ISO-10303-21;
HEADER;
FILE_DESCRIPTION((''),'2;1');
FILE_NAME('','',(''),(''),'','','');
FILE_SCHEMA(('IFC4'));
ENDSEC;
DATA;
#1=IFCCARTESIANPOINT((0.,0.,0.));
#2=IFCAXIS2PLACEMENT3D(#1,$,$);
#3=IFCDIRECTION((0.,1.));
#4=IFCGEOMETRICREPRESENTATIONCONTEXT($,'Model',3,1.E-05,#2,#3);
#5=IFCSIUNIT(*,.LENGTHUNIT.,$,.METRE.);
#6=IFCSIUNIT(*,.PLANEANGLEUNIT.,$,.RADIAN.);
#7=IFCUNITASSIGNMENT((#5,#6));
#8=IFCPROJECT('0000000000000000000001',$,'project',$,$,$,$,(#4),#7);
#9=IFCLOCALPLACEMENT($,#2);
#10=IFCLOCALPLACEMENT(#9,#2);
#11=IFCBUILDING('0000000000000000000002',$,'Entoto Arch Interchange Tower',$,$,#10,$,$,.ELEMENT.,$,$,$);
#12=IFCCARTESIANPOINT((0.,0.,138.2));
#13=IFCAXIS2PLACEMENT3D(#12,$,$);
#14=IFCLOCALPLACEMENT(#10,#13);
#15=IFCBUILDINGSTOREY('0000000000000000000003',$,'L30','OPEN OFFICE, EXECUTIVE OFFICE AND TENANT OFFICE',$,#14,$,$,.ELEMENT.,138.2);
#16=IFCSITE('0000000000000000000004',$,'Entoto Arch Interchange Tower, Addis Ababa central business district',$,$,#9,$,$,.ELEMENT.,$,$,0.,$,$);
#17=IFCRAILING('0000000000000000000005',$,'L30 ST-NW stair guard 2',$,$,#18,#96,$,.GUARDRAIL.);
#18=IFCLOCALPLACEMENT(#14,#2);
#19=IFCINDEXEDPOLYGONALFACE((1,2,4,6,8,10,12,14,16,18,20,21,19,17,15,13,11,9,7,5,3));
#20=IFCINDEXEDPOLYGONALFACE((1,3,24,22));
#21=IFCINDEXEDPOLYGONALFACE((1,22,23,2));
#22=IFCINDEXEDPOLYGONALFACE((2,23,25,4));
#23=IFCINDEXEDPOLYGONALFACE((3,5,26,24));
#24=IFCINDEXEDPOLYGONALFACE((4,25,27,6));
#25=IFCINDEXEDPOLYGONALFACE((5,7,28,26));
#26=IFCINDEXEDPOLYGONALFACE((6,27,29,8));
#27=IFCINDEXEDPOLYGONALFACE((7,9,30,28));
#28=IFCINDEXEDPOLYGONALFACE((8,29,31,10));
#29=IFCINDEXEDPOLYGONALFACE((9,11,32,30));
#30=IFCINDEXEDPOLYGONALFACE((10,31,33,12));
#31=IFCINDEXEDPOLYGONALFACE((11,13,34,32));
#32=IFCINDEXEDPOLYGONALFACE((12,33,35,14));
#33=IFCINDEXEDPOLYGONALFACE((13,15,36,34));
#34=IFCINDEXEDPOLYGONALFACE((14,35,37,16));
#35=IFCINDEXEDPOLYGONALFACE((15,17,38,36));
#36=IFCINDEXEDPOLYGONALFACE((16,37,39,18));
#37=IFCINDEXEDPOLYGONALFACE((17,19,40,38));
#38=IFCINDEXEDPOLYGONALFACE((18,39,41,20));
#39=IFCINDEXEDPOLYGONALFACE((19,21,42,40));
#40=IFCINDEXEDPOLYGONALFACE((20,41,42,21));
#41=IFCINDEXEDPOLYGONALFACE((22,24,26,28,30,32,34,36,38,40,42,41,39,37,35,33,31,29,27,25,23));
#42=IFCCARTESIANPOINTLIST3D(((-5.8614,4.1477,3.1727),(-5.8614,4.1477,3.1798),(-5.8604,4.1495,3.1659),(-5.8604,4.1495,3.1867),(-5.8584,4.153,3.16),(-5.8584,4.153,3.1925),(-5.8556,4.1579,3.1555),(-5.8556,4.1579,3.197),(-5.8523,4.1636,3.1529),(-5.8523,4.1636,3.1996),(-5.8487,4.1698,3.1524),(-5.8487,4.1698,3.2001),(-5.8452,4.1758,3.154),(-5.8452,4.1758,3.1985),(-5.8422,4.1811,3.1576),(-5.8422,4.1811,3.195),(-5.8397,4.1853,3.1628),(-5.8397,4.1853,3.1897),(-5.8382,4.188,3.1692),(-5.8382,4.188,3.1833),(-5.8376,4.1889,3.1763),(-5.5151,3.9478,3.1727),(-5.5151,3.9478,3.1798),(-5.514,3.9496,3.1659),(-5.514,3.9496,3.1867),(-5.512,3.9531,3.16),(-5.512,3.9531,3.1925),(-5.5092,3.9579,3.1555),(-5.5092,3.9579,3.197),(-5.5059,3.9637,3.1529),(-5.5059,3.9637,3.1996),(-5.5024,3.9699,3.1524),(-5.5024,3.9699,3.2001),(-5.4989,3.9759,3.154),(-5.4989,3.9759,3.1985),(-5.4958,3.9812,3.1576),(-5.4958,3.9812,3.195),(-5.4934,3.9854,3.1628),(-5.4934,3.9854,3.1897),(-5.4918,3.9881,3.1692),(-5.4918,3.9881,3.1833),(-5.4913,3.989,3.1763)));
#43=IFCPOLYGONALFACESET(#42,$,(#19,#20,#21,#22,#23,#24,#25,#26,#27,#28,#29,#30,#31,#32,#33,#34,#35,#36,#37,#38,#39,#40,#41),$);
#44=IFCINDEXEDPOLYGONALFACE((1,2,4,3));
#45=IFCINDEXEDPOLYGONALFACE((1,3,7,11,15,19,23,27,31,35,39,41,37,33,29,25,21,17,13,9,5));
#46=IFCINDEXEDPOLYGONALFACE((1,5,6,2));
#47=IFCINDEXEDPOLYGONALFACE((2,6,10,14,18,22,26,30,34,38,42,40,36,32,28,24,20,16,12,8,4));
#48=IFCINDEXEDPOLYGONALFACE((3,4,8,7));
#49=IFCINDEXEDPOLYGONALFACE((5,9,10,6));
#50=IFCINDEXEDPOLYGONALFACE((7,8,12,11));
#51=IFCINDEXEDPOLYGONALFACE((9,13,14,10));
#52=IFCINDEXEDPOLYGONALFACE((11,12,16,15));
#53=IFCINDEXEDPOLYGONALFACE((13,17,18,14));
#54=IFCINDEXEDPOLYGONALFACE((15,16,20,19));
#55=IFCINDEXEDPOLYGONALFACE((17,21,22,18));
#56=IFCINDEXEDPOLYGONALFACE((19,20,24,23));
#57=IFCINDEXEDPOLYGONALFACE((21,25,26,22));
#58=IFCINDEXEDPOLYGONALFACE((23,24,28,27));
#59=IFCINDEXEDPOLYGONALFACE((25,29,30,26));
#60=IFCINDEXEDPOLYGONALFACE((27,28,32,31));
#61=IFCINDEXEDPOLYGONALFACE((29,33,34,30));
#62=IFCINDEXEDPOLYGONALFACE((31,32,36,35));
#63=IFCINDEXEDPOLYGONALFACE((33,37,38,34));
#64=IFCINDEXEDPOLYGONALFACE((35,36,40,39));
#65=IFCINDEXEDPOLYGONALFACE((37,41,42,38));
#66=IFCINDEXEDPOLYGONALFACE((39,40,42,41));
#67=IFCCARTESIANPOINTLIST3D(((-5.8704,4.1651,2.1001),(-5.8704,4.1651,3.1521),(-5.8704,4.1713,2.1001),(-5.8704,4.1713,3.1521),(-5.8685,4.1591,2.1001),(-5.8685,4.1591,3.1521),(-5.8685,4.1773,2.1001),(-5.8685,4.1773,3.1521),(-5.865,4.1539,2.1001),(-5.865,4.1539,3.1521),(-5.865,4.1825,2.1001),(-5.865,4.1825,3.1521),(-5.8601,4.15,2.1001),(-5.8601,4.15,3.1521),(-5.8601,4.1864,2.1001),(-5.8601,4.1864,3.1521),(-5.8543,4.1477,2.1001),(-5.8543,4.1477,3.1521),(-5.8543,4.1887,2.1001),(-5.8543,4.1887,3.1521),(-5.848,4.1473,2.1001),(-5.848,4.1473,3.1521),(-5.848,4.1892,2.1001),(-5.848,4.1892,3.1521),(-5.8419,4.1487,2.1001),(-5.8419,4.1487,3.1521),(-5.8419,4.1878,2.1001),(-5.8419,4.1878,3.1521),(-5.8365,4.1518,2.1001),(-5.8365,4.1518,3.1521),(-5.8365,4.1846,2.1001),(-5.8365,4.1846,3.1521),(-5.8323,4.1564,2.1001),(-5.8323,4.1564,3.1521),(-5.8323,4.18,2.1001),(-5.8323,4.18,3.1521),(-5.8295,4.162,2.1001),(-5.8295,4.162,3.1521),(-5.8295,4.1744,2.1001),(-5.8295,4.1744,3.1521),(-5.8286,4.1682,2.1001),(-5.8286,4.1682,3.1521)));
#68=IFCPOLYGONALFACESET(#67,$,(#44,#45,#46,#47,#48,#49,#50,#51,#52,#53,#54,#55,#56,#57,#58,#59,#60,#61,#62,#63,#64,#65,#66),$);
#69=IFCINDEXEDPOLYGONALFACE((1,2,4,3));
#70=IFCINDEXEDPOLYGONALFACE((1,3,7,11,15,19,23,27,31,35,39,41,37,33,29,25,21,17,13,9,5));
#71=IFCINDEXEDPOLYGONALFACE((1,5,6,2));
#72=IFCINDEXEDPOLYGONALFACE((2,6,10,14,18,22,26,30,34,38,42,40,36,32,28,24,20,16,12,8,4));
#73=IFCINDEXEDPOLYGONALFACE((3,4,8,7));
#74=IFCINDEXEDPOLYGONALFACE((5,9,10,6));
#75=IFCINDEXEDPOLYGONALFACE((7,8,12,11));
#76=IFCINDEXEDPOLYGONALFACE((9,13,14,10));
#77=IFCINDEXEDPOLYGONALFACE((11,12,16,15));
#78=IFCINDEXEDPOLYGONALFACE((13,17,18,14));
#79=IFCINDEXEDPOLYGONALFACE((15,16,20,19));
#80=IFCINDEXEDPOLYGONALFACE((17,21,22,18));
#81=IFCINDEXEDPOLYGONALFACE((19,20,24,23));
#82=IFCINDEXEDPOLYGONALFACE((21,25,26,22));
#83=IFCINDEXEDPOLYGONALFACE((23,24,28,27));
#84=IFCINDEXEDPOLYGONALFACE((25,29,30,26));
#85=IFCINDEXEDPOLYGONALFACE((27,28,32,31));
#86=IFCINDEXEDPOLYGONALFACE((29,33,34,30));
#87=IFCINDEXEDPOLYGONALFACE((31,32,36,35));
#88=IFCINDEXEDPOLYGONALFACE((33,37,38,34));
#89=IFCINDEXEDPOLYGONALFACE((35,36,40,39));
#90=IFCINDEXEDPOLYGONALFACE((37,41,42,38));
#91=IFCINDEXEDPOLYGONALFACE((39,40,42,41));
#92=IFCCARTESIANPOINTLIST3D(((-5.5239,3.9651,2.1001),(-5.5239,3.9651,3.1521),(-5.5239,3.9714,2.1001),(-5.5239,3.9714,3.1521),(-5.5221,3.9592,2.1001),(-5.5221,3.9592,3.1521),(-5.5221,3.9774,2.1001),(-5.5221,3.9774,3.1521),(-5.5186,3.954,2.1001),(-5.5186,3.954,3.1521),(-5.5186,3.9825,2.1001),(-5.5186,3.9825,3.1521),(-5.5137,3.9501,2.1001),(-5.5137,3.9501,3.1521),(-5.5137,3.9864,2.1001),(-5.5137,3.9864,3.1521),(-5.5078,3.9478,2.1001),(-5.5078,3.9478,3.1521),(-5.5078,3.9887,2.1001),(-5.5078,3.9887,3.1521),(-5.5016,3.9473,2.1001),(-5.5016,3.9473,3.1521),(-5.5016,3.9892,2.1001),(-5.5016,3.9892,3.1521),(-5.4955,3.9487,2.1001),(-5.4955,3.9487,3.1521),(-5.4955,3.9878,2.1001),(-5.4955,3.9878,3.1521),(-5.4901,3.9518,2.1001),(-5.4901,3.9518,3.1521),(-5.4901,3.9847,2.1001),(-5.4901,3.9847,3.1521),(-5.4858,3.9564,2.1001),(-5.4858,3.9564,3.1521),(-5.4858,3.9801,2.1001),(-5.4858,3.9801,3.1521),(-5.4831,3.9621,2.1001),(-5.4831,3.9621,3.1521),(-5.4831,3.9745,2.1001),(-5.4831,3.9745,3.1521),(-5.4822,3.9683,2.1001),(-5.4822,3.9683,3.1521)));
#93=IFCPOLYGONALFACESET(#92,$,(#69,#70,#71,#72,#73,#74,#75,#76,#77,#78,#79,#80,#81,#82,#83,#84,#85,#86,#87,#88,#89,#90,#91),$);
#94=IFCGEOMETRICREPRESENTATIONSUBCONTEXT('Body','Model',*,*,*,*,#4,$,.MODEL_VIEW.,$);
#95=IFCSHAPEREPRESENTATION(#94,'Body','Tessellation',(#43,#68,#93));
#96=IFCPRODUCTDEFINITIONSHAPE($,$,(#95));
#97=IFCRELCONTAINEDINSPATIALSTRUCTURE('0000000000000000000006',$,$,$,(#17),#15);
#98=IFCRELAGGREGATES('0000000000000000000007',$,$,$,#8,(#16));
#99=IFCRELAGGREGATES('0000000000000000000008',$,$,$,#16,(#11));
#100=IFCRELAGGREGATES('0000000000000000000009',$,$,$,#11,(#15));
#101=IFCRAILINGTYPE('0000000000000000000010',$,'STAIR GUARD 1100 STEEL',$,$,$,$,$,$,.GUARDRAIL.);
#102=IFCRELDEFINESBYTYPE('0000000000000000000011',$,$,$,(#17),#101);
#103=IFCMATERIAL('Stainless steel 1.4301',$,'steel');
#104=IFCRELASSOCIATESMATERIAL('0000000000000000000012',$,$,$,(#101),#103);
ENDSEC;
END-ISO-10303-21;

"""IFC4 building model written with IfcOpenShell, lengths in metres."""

from ifc_helpers import new_model, si_unit, direction, frame, origin, origin_2d, place, context, subcontext, project, spatial, circle, extrude, material, type_object, element, save


model = new_model("IFC4")

# Units and contexts
model_context = context("Model", 3, precision=1e-05, world=origin(), true_north=direction((0.0, 1.0)))
body_context = subcontext(model_context, "Body", "Model", "MODEL_VIEW")
ifc_project = project(units=[si_unit("LENGTHUNIT", "METRE"), si_unit("PLANEANGLEUNIT", "RADIAN")], contexts=[model_context])

# Site, building, storey
site_placement = place(None, origin())
site = spatial("IfcSite", under=ifc_project, at=site_placement, Name="Entoto Arch Interchange Tower, Addis Ababa central business district", CompositionType="ELEMENT", RefElevation=0.0)
building_placement = place(site_placement, origin())
building = spatial("IfcBuilding", under=site, at=building_placement, Name="Entoto Arch Interchange Tower", CompositionType="ELEMENT")
storey_placement = place(building_placement, frame((0.0, 0.0, 138.2)))
storey = spatial("IfcBuildingStorey", under=building, at=storey_placement, Name="L30", Description="OPEN OFFICE, EXECUTIVE OFFICE AND TENANT OFFICE", CompositionType="ELEMENT", Elevation=138.2)

# Railing
ifc_material_1 = material(Name="Stainless steel 1.4301", Category="steel")
railing_type_1 = type_object("IfcRailingType", Name="STAIR GUARD 1100 STEEL", PredefinedType="GUARDRAIL", material=ifc_material_1)
railing_1_placement = place(storey_placement, frame((-5.8496, 4.1682, 2.1001)))
element("IfcRailing", 1, at=railing_1_placement, inside=storey, type_object=railing_type_1, Name="L30 ST-NW stair guard 2", PredefinedType="GUARDRAIL", context=body_context, shape_type="SweptSolid", body=[
    extrude(circle(Radius=0.0239, at=origin_2d()), frame((0.0, 0.0, 1.0762), z_axis=(0.866094, -0.499881, 0.0), x_axis=(0.499881, 0.866094, 0.0)), (0.0, 0.0, 1.0), 0.3999),
    extrude(circle(Radius=0.021, at=origin_2d()), origin(), (0.0, 0.0, 1.0), 1.052),
    extrude(circle(Radius=0.021, at=origin_2d()), frame((0.3464, -0.2, 0.0)), (0.0, 0.0, 1.0), 1.052),
])

save(model, "model.ifc")
